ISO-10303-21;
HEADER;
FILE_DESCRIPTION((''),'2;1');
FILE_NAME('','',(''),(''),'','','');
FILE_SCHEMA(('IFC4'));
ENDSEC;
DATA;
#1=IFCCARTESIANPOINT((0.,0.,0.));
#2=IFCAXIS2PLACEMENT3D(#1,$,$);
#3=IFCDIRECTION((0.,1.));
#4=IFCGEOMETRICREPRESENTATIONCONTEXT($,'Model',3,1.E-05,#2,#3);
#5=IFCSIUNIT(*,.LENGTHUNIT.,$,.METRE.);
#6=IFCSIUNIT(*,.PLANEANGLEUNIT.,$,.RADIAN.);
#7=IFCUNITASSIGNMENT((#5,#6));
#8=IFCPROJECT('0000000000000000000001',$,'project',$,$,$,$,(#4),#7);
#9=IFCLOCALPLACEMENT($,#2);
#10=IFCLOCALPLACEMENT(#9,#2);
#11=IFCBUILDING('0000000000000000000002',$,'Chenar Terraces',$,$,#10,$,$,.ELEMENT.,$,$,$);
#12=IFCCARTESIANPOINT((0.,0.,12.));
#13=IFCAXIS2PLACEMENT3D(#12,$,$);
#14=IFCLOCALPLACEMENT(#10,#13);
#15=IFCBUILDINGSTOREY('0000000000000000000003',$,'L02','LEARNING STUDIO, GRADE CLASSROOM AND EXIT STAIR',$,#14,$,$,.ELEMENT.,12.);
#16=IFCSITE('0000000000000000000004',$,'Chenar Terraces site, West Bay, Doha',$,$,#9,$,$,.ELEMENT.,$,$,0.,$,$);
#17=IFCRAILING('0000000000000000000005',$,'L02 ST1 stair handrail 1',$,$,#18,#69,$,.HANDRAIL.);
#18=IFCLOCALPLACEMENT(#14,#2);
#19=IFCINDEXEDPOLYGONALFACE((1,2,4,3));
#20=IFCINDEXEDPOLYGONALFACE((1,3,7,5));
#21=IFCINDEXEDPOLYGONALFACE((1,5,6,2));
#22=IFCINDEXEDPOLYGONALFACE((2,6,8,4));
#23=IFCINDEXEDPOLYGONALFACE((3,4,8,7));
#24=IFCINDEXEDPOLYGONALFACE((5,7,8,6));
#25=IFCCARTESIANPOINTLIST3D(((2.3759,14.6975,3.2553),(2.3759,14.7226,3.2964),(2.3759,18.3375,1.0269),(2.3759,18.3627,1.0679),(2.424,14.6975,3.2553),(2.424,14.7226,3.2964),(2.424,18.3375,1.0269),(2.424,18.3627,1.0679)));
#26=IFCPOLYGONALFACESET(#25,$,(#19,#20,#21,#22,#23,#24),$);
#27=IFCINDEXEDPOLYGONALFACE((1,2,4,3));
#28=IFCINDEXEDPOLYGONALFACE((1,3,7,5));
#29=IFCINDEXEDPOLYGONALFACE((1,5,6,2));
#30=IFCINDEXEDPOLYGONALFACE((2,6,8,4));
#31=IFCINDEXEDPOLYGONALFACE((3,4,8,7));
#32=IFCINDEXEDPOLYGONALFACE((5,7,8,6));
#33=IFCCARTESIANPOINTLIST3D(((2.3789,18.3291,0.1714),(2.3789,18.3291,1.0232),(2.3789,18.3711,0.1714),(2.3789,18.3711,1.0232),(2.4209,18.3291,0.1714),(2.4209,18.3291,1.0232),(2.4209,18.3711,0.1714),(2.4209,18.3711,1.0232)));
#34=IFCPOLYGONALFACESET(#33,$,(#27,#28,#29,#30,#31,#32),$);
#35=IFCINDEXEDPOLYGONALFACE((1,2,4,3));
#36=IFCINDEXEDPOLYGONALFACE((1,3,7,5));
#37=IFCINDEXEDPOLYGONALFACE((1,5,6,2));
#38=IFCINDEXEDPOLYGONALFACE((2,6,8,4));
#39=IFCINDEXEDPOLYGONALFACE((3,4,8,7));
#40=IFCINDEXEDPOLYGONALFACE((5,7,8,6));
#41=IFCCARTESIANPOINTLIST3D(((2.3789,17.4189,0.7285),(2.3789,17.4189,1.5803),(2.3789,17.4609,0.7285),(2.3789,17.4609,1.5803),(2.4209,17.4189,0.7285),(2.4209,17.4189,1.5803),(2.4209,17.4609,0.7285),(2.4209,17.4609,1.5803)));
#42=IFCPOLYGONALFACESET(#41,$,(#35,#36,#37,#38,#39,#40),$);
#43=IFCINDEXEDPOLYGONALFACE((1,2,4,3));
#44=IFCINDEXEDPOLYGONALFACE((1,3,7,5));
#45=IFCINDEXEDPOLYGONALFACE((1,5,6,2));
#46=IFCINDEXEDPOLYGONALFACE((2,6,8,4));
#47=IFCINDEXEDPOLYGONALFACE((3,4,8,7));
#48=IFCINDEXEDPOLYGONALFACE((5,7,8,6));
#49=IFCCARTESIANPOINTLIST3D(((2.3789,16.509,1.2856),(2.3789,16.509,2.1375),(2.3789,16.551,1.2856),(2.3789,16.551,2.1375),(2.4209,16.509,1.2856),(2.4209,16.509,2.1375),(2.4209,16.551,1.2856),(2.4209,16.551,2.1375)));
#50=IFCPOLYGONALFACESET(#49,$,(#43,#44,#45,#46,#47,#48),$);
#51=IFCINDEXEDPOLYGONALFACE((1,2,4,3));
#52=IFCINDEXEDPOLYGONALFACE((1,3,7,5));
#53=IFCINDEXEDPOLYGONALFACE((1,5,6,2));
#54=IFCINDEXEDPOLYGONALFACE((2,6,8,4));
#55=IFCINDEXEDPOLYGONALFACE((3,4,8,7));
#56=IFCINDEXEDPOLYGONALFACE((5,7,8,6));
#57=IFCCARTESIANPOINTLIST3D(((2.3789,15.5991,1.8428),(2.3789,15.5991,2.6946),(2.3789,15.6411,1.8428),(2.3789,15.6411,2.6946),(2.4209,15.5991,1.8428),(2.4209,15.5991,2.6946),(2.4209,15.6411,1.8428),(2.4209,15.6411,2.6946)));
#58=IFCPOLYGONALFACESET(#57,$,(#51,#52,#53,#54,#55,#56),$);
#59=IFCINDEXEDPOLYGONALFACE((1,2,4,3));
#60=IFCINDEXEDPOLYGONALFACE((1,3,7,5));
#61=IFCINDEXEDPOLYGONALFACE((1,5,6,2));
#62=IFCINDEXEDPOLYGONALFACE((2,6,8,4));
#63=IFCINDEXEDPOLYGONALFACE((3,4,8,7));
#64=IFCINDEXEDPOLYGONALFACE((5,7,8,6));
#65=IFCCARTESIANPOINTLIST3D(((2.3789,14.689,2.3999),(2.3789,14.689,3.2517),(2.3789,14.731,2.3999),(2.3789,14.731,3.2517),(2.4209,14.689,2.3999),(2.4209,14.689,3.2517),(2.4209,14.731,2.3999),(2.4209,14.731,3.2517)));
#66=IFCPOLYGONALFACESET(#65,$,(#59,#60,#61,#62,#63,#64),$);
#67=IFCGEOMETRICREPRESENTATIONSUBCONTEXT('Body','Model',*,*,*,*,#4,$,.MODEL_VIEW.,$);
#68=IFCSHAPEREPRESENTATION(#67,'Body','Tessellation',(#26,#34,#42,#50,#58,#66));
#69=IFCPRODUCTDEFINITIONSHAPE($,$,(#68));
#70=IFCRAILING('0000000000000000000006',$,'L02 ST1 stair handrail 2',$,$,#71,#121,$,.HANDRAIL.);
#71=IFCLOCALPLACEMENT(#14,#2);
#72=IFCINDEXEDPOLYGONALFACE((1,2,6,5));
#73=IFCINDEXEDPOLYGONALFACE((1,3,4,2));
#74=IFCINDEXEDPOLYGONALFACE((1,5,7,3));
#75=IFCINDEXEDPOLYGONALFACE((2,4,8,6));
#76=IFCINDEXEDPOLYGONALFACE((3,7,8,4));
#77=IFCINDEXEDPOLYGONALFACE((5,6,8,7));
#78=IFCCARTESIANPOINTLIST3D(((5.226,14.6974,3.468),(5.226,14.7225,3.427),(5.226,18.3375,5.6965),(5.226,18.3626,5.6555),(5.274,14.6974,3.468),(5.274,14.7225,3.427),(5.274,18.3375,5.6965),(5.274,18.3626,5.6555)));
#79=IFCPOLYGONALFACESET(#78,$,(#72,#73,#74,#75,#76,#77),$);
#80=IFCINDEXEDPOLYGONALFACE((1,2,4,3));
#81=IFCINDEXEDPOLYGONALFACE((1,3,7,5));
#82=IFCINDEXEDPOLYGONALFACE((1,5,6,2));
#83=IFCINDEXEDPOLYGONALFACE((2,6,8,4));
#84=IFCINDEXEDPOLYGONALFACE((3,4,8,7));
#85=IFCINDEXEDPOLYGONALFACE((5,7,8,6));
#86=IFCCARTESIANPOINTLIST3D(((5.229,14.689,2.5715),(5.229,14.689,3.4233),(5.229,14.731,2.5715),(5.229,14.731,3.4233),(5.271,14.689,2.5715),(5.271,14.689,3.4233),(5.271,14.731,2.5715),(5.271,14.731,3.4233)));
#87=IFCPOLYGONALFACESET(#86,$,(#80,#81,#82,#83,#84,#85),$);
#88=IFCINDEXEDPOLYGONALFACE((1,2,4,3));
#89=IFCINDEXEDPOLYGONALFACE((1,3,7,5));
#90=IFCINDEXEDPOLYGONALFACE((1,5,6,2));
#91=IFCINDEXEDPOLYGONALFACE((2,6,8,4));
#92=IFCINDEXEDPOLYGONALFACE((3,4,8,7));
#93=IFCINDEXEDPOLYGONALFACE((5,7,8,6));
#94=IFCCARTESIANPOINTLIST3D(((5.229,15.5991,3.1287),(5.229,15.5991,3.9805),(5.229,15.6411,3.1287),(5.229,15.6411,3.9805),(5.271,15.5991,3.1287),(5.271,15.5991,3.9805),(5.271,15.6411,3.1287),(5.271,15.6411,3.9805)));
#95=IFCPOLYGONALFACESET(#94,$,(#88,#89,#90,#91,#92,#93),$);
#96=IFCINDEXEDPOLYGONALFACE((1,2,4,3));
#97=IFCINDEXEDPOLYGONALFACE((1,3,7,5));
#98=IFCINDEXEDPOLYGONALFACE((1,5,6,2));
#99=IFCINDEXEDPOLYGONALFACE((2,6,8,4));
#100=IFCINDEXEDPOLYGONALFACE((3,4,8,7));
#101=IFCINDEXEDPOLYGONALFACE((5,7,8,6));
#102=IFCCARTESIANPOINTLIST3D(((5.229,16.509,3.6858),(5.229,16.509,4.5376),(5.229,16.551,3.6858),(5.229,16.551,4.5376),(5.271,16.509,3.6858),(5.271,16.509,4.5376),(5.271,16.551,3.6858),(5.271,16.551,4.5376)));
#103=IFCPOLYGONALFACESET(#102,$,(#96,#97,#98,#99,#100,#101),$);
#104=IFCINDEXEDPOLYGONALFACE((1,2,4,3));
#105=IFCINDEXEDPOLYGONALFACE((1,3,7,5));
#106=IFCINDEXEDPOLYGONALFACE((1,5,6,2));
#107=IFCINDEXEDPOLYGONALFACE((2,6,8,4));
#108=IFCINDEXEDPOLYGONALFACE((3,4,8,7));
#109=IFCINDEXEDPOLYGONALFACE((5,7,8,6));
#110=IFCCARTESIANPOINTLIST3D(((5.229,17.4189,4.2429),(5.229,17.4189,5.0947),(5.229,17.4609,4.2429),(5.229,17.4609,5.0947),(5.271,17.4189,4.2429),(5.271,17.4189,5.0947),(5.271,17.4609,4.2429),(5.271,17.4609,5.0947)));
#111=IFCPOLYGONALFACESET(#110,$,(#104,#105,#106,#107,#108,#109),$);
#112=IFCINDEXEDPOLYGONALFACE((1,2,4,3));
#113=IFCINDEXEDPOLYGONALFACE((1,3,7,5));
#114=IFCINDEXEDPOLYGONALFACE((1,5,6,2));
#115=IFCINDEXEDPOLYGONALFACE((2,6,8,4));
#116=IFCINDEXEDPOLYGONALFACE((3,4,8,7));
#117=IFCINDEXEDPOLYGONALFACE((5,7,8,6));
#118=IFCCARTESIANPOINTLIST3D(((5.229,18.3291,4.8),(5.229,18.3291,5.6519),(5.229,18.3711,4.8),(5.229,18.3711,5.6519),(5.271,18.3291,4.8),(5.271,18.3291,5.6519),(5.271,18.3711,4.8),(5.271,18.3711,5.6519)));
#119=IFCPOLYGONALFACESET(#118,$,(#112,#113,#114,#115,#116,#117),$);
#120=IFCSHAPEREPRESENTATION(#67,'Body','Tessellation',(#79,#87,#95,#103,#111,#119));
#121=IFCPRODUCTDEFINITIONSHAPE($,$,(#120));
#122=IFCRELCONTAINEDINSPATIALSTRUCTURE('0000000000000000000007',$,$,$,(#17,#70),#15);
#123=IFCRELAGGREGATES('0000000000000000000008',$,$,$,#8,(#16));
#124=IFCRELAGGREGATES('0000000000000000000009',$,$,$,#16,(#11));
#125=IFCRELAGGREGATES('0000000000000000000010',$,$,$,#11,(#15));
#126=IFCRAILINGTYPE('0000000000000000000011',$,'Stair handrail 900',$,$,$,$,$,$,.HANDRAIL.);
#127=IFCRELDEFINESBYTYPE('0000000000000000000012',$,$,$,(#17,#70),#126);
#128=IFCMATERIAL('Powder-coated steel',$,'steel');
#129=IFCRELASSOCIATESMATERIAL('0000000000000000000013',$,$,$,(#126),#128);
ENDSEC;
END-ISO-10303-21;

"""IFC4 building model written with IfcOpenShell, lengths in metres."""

from ifc_helpers import new_model, si_unit, direction, frame, origin, origin_2d, place, context, subcontext, project, spatial, rectangle, extrude, material, type_object, element, save


model = new_model("IFC4")

# Units and contexts
model_context = context("Model", 3, precision=1e-05, world=origin(), true_north=direction((0.0, 1.0)))
body_context = subcontext(model_context, "Body", "Model", "MODEL_VIEW")
ifc_project = project(units=[si_unit("LENGTHUNIT", "METRE"), si_unit("PLANEANGLEUNIT", "RADIAN")], contexts=[model_context])

# Site, building, storey
site_placement = place(None, origin())
site = spatial("IfcSite", under=ifc_project, at=site_placement, Name="Chenar Terraces site, West Bay, Doha", CompositionType="ELEMENT", RefElevation=0.0)
building_placement = place(site_placement, origin())
building = spatial("IfcBuilding", under=site, at=building_placement, Name="Chenar Terraces", CompositionType="ELEMENT")
storey_placement = place(building_placement, frame((0.0, 0.0, 12.0)))
storey = spatial("IfcBuildingStorey", under=building, at=storey_placement, Name="L02", Description="LEARNING STUDIO, GRADE CLASSROOM AND EXIT STAIR", CompositionType="ELEMENT", Elevation=12.0)

# Railings
ifc_material_1 = material(Name="Powder-coated steel", Category="steel")
railing_type_1 = type_object("IfcRailingType", Name="Stair handrail 900", PredefinedType="HANDRAIL", material=ifc_material_1)
railing_1_placement = place(storey_placement, frame((2.3999, 18.3501, 0.1714)))
element("IfcRailing", 1, at=railing_1_placement, inside=storey, type_object=railing_type_1, Name="L02 ST1 stair handrail 1", PredefinedType="HANDRAIL", context=body_context, shape_type="SweptSolid", body=[
    extrude(rectangle(XDim=0.0481, YDim=0.0481, at=origin_2d()), frame((0.0, 0.0, 0.876), z_axis=(0.0, -0.852866, 0.52213), x_axis=(1.0, 0.0, 0.0)), (0.0, 0.0, 1.0), 4.2681),
    extrude(rectangle(XDim=0.042, YDim=0.042, at=origin_2d()), origin(), (0.0, 0.0, 1.0), 0.8518),
    extrude(rectangle(XDim=0.042, YDim=0.042, at=origin_2d()), frame((0.0, -0.9102, 0.5571)), (0.0, 0.0, 1.0), 0.8518),
    extrude(rectangle(XDim=0.042, YDim=0.042, at=origin_2d()), frame((0.0, -1.8201, 1.1143)), (0.0, 0.0, 1.0), 0.8518),
    extrude(rectangle(XDim=0.042, YDim=0.042, at=origin_2d()), frame((0.0, -2.73, 1.6714)), (0.0, 0.0, 1.0), 0.8518),
    extrude(rectangle(XDim=0.042, YDim=0.042, at=origin_2d()), frame((0.0, -3.6401, 2.2285)), (0.0, 0.0, 1.0), 0.8518),
])
railing_2_placement = place(storey_placement, frame((5.25, 14.71, 2.5715)))
element("IfcRailing", 2, at=railing_2_placement, inside=storey, type_object=railing_type_1, Name="L02 ST1 stair handrail 2", PredefinedType="HANDRAIL", context=body_context, shape_type="SweptSolid", body=[
    extrude(rectangle(XDim=0.0481, YDim=0.0481, at=origin_2d()), frame((0.0, 0.0, 0.876), z_axis=(0.0, 0.852866, 0.52213), x_axis=(-1.0, 0.0, 0.0)), (0.0, 0.0, 1.0), 4.2681),
    extrude(rectangle(XDim=0.042, YDim=0.042, at=origin_2d()), origin(), (0.0, 0.0, 1.0), 0.8518),
    extrude(rectangle(XDim=0.042, YDim=0.042, at=origin_2d()), frame((0.0, 0.9102, 0.5571)), (0.0, 0.0, 1.0), 0.8518),
    extrude(rectangle(XDim=0.042, YDim=0.042, at=origin_2d()), frame((0.0, 1.8201, 1.1143)), (0.0, 0.0, 1.0), 0.8518),
    extrude(rectangle(XDim=0.042, YDim=0.042, at=origin_2d()), frame((0.0, 2.73, 1.6714)), (0.0, 0.0, 1.0), 0.8518),
    extrude(rectangle(XDim=0.042, YDim=0.042, at=origin_2d()), frame((0.0, 3.6401, 2.2285)), (0.0, 0.0, 1.0), 0.8518),
])

save(model, "model.ifc")
